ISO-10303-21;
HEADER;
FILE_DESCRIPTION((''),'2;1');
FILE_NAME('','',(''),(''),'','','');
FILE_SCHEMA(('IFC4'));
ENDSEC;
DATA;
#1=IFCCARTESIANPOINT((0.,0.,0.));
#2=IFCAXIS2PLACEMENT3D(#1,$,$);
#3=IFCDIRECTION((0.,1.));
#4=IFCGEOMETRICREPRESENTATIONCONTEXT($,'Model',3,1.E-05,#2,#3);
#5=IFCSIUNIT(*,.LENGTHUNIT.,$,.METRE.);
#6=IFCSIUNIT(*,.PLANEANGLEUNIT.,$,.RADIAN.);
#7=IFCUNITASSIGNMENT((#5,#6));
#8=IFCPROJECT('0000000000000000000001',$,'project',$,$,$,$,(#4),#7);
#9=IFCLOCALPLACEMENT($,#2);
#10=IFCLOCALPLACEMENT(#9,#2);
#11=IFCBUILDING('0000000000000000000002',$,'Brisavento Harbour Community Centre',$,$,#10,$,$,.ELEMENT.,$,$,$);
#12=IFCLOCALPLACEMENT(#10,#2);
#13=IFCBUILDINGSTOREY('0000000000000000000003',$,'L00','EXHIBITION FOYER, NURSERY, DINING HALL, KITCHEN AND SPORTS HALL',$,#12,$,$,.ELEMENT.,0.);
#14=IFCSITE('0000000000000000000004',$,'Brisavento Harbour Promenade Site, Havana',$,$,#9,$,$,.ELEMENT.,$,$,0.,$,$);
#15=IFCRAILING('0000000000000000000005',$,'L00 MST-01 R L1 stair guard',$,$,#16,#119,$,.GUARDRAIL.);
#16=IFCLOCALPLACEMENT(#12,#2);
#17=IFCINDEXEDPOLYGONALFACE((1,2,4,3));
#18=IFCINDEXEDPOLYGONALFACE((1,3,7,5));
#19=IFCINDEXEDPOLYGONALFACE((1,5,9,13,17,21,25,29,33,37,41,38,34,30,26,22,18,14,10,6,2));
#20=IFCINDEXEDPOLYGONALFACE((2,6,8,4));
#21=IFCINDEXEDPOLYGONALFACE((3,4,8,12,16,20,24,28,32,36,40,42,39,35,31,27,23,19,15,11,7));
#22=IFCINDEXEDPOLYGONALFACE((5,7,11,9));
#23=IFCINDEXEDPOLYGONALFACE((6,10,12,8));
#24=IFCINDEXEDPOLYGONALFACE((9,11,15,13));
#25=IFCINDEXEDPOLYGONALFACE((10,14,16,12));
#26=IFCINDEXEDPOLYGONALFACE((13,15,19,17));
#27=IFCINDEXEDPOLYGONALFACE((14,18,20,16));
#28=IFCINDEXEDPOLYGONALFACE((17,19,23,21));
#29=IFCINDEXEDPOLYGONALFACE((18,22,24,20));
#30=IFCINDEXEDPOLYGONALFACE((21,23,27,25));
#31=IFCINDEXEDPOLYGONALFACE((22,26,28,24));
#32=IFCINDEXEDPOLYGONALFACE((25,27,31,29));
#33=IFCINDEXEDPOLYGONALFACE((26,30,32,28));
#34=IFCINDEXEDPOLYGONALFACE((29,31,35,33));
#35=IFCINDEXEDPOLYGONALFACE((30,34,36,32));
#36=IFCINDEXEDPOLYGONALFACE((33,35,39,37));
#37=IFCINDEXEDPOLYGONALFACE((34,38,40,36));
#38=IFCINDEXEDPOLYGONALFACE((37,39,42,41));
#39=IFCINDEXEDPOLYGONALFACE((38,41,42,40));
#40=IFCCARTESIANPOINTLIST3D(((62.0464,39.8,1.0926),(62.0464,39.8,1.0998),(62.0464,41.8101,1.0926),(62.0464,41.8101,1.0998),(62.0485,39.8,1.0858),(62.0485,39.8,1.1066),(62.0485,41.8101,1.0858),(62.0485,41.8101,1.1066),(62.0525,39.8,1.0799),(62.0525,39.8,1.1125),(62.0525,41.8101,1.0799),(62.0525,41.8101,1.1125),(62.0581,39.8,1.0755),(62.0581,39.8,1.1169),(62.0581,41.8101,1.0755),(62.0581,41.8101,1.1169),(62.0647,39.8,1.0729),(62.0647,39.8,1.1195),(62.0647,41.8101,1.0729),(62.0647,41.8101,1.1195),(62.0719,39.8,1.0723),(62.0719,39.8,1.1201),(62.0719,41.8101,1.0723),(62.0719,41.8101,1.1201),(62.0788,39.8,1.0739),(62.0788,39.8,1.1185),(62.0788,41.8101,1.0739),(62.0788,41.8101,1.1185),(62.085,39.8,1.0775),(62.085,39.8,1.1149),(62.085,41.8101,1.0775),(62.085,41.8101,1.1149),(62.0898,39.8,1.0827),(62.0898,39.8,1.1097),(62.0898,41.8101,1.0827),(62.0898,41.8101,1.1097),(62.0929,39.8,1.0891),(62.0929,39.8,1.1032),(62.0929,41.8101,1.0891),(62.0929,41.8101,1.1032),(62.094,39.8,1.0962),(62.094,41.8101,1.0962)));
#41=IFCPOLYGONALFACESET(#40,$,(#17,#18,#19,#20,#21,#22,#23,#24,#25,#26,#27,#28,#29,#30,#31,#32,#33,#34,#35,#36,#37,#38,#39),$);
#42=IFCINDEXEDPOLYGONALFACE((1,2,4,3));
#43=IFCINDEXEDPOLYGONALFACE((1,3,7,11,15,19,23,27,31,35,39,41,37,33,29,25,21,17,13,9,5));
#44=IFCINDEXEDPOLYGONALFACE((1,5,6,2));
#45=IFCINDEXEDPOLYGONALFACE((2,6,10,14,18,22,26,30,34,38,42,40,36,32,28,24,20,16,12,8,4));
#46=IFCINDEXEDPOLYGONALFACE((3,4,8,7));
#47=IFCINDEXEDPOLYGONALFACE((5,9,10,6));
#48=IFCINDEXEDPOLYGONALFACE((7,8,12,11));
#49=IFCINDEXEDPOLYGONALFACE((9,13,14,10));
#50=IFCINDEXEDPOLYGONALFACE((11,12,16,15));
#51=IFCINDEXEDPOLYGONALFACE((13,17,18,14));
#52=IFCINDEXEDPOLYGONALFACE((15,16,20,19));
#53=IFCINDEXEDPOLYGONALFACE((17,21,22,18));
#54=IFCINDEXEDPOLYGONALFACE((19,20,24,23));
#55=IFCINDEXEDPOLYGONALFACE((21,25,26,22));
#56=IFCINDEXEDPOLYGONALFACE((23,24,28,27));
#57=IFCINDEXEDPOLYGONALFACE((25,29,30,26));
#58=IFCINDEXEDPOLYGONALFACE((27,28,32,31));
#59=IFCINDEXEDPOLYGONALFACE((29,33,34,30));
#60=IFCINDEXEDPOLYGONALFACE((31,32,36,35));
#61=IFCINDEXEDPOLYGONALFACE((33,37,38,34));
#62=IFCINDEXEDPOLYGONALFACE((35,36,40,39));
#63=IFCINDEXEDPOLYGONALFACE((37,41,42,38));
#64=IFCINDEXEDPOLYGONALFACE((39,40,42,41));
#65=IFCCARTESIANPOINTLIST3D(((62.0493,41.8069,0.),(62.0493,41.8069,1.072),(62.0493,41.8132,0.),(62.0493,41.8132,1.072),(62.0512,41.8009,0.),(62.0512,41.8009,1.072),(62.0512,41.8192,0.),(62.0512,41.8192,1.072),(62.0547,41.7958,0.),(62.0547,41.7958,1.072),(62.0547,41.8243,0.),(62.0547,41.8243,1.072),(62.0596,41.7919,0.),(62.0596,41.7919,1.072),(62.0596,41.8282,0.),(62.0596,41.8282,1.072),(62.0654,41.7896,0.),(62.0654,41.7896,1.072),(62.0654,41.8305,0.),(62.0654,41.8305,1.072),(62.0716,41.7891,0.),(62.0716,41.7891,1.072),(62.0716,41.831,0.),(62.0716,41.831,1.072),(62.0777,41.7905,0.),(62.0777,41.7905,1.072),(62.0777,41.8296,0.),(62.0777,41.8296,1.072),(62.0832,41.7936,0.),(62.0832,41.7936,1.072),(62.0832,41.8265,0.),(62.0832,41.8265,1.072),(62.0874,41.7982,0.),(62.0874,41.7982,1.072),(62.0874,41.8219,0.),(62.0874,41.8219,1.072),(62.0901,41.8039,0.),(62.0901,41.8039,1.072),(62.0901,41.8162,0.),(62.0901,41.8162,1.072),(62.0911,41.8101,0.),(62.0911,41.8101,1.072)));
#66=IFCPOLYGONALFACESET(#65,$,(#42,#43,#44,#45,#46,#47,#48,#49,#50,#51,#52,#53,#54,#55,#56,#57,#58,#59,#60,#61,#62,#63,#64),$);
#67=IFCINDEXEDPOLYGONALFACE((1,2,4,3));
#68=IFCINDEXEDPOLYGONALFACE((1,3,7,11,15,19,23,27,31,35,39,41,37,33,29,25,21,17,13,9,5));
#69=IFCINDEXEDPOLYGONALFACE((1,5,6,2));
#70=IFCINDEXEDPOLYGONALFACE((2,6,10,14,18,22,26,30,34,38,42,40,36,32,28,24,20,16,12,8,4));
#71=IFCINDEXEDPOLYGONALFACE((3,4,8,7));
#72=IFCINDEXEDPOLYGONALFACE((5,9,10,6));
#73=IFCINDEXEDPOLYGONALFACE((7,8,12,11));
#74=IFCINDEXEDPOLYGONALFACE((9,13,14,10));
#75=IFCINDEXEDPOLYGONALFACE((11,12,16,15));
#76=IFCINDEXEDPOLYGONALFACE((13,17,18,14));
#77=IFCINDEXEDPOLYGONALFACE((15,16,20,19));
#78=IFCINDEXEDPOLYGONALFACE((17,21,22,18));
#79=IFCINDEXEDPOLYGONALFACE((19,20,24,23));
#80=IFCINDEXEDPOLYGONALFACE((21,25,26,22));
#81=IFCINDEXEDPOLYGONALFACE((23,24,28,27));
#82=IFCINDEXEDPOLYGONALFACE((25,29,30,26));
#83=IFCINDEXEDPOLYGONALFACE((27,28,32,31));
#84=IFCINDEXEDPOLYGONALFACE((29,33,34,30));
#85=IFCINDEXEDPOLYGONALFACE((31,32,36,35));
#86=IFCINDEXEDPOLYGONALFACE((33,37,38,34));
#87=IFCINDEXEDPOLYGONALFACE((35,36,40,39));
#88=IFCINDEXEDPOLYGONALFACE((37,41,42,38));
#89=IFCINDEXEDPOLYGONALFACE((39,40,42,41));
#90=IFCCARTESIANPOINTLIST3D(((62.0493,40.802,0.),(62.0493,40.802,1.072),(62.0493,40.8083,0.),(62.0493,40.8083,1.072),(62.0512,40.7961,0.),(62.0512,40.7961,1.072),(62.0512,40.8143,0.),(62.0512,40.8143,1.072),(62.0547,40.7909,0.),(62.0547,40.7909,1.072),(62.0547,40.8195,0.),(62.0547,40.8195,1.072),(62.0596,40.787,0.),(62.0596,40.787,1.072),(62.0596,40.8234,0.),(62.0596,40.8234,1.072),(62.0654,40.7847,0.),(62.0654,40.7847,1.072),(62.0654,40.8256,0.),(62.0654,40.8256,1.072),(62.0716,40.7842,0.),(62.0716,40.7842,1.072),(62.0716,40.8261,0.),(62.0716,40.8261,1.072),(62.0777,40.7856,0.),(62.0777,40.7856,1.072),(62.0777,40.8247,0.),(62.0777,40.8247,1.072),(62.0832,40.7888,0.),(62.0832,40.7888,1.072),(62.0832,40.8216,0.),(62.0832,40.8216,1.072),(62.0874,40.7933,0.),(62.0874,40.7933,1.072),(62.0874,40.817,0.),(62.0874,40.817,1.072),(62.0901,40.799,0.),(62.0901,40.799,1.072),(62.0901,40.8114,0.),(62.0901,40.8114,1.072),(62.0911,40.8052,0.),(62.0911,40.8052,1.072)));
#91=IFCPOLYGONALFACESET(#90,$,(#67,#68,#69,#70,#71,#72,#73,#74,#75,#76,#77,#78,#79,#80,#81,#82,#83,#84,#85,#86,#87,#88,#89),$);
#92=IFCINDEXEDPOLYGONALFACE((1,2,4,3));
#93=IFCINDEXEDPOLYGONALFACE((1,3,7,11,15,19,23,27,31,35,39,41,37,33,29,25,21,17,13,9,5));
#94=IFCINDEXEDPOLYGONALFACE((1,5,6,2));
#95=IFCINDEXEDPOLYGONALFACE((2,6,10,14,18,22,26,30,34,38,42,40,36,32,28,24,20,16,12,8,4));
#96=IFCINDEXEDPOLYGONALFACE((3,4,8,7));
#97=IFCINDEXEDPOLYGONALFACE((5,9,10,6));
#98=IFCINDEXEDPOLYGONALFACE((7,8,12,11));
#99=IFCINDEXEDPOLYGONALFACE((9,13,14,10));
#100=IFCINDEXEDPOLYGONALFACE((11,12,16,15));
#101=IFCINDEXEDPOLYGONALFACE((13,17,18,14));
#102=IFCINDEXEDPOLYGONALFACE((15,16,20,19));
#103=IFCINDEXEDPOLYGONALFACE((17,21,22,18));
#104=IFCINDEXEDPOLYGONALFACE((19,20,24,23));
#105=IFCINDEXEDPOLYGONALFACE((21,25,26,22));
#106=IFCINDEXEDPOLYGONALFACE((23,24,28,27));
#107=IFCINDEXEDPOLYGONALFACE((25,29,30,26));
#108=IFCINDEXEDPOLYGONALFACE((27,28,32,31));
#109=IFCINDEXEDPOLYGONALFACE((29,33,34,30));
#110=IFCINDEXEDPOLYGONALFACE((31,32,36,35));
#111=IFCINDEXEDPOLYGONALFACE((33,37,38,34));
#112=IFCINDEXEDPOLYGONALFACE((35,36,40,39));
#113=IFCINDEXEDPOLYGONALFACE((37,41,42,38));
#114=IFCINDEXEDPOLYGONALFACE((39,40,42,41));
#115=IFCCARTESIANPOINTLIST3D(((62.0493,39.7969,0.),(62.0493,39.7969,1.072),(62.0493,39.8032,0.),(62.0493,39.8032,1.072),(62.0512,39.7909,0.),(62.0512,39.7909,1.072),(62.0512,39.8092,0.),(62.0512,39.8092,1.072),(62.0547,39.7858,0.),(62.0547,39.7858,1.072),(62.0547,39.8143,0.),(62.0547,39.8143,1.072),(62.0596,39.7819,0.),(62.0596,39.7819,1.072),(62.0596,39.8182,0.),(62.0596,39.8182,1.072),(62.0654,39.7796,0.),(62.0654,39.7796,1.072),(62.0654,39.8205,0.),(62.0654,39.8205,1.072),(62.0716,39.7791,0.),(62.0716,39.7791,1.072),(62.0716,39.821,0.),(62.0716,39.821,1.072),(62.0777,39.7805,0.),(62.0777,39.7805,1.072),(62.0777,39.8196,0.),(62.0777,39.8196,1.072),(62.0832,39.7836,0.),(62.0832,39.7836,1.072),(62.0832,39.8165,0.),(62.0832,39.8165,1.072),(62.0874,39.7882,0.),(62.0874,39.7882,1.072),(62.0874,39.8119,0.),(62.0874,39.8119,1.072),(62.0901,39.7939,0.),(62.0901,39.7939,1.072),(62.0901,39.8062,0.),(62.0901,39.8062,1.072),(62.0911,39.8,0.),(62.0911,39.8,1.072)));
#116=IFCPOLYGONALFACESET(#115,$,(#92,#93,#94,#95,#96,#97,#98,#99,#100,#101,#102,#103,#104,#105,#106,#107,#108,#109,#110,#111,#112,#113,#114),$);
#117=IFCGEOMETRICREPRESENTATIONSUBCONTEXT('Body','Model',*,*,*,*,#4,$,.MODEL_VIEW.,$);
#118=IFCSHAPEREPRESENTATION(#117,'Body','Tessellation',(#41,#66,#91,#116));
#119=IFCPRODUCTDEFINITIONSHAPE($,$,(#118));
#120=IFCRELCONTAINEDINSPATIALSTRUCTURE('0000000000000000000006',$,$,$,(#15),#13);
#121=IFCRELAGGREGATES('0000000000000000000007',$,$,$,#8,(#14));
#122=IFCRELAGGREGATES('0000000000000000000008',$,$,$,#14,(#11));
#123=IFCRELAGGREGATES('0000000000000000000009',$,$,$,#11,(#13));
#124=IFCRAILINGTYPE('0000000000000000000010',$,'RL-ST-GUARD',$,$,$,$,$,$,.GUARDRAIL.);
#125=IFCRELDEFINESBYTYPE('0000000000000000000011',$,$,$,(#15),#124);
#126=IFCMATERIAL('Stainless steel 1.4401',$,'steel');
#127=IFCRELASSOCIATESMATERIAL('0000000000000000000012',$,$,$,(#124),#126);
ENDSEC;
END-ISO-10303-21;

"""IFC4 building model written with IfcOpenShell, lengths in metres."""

from ifc_helpers import new_model, si_unit, direction, frame, origin, origin_2d, place, context, subcontext, project, spatial, circle, extrude, material, type_object, element, save


model = new_model("IFC4")

# Units and contexts
model_context = context("Model", 3, precision=1e-05, world=origin(), true_north=direction((0.0, 1.0)))
body_context = subcontext(model_context, "Body", "Model", "MODEL_VIEW")
ifc_project = project(units=[si_unit("LENGTHUNIT", "METRE"), si_unit("PLANEANGLEUNIT", "RADIAN")], contexts=[model_context])

# Site, building, storey
site_placement = place(None, origin())
site = spatial("IfcSite", under=ifc_project, at=site_placement, Name="Brisavento Harbour Promenade Site, Havana", CompositionType="ELEMENT", RefElevation=0.0)
building_placement = place(site_placement, origin())
building = spatial("IfcBuilding", under=site, at=building_placement, Name="Brisavento Harbour Community Centre", CompositionType="ELEMENT")
storey_placement = place(building_placement, origin())
storey = spatial("IfcBuildingStorey", under=building, at=storey_placement, Name="L00", Description="EXHIBITION FOYER, NURSERY, DINING HALL, KITCHEN AND SPORTS HALL", CompositionType="ELEMENT", Elevation=0.0)

# Railing
ifc_material_1 = material(Name="Stainless steel 1.4401", Category="steel")
railing_type = type_object("IfcRailingType", Name="RL-ST-GUARD", PredefinedType="GUARDRAIL", material=ifc_material_1)
railing_1_placement = place(storey_placement, frame((62.0701, 41.8101, 0.0)))
element("IfcRailing", 1, at=railing_1_placement, inside=storey, type_object=railing_type, Name="L00 MST-01 R L1 stair guard", PredefinedType="GUARDRAIL", context=body_context, shape_type="SweptSolid", body=[
    extrude(circle(Radius=0.0239, at=origin_2d()), frame((0.0, 0.0, 1.0962), z_axis=(0.0, -1.0, 0.0), x_axis=(1.0, 0.0, 0.0)), (0.0, 0.0, 1.0), 2.01),
    extrude(circle(Radius=0.021, at=origin_2d()), origin(), (0.0, 0.0, 1.0), 1.072),
    extrude(circle(Radius=0.021, at=origin_2d()), frame((0.0, -1.0049, 0.0)), (0.0, 0.0, 1.0), 1.072),
    extrude(circle(Radius=0.021, at=origin_2d()), frame((0.0, -2.01, 0.0)), (0.0, 0.0, 1.0), 1.072),
])

save(model, "model.ifc")
